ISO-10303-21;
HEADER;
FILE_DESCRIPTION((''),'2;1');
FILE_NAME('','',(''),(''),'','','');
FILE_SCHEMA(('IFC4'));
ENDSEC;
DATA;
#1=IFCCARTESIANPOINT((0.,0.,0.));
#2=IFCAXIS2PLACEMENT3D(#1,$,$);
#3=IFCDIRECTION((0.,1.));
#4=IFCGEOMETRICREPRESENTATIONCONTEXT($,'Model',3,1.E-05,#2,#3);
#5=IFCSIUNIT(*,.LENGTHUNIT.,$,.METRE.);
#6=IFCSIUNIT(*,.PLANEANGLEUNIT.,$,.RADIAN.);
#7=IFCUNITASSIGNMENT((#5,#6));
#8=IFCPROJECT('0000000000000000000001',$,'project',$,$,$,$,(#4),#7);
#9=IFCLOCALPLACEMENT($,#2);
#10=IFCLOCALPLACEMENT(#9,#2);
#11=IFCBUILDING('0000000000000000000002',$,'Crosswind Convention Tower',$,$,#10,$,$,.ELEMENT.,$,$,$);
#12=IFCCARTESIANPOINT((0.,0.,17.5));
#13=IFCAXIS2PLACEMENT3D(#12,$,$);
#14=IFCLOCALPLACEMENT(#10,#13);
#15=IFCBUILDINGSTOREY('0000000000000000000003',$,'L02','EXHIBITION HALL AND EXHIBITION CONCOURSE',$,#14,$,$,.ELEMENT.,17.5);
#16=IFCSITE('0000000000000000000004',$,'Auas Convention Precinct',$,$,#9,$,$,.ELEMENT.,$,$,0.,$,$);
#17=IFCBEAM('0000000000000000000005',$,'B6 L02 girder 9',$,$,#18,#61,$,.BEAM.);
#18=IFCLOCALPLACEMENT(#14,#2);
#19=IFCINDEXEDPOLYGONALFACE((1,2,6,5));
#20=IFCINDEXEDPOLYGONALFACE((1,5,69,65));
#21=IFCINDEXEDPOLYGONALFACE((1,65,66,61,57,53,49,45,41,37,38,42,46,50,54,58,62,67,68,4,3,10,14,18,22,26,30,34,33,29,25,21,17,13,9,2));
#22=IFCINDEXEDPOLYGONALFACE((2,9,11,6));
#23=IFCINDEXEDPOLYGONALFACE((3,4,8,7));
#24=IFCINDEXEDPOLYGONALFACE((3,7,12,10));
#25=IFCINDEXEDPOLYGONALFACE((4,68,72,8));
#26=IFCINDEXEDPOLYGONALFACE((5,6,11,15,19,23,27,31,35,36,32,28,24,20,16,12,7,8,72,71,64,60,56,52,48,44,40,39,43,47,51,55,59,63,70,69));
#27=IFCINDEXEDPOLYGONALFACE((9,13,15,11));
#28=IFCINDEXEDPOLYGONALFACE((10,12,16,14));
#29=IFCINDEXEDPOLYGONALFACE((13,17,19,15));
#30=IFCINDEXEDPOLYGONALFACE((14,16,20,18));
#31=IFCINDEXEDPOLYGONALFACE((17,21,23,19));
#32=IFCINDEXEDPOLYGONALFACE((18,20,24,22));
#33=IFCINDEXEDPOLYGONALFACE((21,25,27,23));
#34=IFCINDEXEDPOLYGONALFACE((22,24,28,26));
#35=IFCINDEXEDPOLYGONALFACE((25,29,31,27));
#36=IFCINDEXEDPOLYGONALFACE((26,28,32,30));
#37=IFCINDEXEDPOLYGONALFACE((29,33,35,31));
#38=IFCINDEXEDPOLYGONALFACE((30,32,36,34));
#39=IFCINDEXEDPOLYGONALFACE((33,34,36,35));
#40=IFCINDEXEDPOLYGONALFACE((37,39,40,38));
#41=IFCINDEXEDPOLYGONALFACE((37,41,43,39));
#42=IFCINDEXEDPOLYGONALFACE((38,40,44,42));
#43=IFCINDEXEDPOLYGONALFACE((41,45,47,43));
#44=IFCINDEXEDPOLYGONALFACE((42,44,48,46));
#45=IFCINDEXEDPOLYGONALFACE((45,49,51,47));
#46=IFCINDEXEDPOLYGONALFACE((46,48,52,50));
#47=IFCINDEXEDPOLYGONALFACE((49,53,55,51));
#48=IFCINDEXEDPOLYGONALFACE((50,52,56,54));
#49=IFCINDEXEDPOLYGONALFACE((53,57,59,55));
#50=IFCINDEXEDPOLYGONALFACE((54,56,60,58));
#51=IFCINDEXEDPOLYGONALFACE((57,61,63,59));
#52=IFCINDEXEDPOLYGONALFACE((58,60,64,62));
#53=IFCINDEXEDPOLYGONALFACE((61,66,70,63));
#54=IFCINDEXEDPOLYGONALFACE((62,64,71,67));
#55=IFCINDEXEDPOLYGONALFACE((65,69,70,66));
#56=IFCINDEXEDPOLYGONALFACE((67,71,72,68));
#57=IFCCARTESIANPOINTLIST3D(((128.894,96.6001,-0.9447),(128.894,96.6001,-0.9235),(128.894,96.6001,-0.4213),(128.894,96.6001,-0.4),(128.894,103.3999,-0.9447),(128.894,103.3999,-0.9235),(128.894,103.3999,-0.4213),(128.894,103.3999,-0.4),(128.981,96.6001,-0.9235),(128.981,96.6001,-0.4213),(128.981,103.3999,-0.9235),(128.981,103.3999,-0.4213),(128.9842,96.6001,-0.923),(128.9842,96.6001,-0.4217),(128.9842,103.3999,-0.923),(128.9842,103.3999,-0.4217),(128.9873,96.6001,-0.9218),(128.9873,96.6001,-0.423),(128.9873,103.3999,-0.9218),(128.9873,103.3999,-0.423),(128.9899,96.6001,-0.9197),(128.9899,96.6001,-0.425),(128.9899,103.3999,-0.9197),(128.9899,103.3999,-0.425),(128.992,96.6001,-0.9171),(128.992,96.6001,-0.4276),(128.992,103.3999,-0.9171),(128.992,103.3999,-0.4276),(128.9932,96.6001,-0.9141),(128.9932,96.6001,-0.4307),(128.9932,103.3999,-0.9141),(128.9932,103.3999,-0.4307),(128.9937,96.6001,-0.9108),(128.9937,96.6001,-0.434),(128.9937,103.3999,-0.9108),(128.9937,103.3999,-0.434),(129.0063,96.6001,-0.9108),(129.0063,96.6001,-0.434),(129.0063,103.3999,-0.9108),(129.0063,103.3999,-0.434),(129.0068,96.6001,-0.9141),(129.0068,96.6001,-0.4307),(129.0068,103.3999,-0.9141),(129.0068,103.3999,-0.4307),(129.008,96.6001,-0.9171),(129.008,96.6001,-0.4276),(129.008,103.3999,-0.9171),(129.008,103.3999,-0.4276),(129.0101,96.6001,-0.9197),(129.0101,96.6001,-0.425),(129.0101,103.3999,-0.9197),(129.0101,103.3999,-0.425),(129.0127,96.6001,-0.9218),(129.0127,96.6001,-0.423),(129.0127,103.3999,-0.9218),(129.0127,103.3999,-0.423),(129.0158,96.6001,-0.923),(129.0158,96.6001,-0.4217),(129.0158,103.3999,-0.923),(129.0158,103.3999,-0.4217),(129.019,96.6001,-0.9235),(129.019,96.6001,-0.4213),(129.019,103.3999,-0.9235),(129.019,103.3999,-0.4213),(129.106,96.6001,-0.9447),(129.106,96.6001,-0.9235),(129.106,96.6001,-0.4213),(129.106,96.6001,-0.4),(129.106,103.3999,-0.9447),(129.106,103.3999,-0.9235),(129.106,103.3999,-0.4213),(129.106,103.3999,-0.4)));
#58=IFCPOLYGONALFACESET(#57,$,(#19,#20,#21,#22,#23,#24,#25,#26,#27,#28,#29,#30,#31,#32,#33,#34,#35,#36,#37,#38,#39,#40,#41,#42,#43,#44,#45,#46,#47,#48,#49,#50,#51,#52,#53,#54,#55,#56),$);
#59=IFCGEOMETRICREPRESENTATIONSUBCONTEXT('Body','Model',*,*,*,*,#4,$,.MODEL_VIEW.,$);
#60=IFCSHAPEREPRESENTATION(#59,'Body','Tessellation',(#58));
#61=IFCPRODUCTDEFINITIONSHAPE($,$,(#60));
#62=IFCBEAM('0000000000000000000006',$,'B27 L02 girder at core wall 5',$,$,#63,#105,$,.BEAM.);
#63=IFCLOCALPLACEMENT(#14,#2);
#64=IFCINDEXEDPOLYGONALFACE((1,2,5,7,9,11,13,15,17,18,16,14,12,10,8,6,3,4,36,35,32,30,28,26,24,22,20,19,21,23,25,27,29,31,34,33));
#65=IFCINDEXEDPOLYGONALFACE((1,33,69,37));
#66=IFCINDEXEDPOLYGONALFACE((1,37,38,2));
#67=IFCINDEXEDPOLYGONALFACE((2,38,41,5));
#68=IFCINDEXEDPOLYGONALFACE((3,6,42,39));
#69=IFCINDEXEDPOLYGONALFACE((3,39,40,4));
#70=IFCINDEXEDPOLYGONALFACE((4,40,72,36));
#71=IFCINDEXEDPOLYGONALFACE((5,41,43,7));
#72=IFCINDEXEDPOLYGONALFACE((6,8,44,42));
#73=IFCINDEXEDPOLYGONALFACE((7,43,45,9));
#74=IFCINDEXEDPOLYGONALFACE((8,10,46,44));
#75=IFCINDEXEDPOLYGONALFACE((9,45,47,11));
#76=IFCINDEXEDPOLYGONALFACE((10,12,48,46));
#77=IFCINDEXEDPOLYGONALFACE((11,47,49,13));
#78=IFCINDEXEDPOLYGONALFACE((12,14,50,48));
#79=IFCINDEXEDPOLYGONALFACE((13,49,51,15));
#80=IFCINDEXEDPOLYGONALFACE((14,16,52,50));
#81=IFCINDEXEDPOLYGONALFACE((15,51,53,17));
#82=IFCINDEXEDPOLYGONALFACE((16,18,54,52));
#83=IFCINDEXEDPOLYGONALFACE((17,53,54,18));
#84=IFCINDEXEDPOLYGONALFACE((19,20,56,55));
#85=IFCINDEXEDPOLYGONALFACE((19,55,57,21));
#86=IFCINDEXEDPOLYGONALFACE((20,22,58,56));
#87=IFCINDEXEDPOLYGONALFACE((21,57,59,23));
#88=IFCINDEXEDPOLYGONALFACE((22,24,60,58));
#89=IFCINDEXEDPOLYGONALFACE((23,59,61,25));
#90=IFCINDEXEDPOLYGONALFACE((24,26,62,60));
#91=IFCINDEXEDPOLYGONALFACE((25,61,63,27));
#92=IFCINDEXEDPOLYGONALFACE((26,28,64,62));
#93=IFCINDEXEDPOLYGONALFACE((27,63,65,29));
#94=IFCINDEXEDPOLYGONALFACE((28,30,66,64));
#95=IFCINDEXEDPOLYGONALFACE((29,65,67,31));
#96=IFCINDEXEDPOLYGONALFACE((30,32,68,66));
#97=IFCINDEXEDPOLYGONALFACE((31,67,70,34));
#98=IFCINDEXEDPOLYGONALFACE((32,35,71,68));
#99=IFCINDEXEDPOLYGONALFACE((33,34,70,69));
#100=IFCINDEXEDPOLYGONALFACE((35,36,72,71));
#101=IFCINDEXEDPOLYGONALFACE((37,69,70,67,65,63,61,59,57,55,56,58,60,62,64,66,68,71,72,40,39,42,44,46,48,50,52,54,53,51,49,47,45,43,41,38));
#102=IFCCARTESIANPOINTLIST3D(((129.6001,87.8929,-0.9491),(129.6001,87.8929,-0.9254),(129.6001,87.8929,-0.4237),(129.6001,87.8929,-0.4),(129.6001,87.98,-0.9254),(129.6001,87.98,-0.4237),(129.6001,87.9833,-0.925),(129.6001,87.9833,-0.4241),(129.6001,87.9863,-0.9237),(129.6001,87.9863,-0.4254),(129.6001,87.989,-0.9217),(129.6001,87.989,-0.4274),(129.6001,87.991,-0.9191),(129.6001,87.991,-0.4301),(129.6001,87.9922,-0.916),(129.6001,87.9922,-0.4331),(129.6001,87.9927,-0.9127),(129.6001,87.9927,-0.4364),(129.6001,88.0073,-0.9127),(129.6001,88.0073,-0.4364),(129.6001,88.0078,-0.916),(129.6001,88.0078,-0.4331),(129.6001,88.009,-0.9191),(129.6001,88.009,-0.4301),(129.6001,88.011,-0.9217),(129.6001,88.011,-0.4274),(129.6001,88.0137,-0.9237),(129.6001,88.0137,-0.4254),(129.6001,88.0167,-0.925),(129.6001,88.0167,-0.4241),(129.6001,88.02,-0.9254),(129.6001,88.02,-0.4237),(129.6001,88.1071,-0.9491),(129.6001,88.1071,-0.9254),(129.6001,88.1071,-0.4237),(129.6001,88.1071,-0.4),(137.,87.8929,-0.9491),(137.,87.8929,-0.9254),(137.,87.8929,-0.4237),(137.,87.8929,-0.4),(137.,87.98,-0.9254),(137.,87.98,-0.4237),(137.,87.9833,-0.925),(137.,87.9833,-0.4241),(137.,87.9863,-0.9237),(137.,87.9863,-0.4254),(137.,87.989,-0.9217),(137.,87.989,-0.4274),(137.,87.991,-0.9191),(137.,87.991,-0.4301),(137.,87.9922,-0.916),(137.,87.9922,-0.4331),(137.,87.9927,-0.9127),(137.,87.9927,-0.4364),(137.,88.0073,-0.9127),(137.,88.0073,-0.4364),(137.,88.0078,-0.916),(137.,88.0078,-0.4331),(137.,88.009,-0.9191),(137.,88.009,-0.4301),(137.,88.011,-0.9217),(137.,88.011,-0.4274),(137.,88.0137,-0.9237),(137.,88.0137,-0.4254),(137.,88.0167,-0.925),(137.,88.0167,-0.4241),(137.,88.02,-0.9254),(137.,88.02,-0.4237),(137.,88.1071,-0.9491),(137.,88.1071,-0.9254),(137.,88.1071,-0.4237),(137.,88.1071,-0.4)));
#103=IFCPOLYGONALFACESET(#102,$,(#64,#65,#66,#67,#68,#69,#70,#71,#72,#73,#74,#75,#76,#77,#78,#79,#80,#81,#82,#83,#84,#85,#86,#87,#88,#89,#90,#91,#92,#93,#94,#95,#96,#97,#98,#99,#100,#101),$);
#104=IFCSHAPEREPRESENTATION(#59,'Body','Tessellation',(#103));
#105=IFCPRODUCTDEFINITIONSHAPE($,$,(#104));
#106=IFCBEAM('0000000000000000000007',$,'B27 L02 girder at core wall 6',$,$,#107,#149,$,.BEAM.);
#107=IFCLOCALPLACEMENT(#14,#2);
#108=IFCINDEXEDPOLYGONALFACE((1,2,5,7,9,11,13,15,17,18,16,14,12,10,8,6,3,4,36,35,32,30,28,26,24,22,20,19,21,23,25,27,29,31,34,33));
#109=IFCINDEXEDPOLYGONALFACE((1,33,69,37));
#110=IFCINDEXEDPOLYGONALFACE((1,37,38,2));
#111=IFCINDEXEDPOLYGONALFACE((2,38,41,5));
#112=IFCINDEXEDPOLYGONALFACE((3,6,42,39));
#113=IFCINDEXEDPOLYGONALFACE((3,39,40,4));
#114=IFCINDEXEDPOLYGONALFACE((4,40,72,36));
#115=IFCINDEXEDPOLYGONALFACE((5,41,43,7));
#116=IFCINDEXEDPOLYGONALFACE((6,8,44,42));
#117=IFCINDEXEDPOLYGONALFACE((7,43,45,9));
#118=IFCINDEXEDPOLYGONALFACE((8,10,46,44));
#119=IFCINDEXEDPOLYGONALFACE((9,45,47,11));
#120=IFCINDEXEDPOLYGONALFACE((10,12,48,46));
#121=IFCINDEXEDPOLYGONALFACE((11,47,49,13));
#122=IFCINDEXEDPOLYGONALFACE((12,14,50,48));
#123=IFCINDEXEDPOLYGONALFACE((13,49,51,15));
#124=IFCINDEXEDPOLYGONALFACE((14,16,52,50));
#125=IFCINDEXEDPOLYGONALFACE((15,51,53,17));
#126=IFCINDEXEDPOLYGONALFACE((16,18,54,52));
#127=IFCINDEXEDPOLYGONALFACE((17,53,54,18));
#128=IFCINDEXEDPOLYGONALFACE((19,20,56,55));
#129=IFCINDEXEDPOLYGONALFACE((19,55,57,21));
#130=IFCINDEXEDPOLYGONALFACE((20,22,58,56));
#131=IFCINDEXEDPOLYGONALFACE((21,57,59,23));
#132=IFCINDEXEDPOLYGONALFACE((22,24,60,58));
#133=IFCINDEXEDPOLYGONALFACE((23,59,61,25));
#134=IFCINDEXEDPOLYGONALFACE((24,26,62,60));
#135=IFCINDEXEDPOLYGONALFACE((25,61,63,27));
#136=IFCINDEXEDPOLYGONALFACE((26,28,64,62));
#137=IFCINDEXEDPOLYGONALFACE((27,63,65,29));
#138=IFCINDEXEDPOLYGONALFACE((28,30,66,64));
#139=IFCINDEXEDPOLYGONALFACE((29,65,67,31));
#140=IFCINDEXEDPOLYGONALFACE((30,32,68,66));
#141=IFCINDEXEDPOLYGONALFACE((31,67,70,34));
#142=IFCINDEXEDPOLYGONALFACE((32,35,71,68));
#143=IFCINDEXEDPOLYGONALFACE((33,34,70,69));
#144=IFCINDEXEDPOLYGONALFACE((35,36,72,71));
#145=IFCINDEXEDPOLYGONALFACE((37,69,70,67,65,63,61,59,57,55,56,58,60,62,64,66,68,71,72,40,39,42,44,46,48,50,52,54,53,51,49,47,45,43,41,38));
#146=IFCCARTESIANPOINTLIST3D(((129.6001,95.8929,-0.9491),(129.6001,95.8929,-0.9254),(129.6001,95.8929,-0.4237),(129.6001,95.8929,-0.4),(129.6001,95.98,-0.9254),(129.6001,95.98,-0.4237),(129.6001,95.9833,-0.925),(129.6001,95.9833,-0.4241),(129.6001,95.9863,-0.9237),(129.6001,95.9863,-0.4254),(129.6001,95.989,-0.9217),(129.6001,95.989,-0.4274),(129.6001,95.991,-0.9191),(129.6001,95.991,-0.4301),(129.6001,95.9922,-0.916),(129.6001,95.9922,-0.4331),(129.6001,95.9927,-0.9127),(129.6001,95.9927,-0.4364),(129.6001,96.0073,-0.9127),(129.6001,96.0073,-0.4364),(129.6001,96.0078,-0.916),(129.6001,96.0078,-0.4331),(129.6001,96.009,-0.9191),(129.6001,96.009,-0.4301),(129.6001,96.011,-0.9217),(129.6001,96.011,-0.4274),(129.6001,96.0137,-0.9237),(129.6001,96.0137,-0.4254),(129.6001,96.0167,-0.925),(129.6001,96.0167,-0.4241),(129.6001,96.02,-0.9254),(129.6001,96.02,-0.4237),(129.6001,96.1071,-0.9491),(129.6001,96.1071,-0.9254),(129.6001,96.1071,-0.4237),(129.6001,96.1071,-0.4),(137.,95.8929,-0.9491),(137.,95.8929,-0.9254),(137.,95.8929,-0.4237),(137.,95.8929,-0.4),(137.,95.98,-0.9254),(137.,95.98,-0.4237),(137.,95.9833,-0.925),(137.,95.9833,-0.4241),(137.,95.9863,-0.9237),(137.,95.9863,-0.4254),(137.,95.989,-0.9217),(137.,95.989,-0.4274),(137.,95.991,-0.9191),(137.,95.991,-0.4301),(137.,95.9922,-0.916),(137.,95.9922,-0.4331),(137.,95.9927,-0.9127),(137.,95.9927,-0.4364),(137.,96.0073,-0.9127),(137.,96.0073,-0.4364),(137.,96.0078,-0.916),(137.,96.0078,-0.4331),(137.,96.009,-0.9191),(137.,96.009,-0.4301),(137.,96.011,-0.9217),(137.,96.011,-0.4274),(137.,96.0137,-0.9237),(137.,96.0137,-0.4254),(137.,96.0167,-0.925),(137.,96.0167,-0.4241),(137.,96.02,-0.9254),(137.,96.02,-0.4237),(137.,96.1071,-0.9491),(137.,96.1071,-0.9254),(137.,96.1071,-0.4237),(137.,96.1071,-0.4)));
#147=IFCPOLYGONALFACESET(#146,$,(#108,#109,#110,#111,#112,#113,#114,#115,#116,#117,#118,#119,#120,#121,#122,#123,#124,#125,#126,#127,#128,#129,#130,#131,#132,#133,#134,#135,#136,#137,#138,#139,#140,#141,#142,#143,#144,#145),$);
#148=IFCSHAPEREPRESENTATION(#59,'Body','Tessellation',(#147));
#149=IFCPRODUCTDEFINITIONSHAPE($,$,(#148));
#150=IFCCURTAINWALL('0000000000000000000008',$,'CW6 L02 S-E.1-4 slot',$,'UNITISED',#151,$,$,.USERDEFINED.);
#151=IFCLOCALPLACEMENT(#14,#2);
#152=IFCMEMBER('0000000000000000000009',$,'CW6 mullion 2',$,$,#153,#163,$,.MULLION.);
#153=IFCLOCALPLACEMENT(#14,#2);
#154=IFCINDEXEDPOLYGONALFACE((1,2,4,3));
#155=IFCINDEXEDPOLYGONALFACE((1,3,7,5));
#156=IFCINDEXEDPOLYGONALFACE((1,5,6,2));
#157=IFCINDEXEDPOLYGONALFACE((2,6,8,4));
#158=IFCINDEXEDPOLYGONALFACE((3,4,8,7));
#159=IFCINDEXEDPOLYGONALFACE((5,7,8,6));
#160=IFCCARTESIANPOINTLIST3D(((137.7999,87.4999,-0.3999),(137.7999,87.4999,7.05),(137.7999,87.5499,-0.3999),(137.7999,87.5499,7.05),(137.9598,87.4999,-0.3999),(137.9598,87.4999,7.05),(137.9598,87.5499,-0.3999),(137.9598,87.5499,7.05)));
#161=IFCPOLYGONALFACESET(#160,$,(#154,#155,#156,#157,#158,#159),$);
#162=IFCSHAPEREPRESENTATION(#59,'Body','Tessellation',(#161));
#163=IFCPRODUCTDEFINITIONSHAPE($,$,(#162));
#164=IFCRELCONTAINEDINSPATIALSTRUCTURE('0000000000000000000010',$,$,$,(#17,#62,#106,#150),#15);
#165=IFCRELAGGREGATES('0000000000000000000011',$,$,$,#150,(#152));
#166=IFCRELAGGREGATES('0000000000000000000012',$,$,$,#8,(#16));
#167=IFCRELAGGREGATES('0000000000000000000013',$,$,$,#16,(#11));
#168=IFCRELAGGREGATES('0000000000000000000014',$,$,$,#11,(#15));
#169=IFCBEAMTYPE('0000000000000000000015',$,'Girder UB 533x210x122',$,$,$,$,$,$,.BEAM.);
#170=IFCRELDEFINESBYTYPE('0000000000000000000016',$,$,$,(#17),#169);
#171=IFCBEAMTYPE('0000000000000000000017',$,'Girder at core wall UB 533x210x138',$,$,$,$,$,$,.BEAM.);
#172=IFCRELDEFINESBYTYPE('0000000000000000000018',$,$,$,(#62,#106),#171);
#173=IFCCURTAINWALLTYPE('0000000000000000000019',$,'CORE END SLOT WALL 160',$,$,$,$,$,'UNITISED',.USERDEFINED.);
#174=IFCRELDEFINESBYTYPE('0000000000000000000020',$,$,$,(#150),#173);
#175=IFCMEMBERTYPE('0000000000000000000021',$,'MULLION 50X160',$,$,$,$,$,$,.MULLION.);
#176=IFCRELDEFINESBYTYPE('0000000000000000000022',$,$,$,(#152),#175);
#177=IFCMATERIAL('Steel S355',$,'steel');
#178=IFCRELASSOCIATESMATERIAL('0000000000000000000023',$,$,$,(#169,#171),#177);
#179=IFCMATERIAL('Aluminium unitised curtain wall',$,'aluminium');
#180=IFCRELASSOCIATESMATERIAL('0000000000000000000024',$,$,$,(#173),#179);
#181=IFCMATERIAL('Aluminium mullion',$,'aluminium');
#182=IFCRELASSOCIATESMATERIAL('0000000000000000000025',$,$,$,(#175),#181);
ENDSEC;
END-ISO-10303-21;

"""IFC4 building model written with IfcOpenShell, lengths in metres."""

from ifc_helpers import new_model, si_unit, direction, frame, origin, origin_2d, place, context, subcontext, project, spatial, rectangle, i_section, extrude, material, material_profile, profile_set, type_object, element, aggregate, save


model = new_model("IFC4")

# Units and contexts
model_context = context("Model", 3, precision=1e-05, world=origin(), true_north=direction((0.0, 1.0)))
body_context = subcontext(model_context, "Body", "Model", "MODEL_VIEW")
ifc_project = project(units=[si_unit("LENGTHUNIT", "METRE"), si_unit("PLANEANGLEUNIT", "RADIAN")], contexts=[model_context])

# Site, building, storey
site_placement = place(None, origin())
site = spatial("IfcSite", under=ifc_project, at=site_placement, Name="Auas Convention Precinct", CompositionType="ELEMENT", RefElevation=0.0)
building_placement = place(site_placement, origin())
building = spatial("IfcBuilding", under=site, at=building_placement, Name="Crosswind Convention Tower", CompositionType="ELEMENT")
storey_placement = place(building_placement, frame((0.0, 0.0, 17.5)))
storey = spatial("IfcBuildingStorey", under=building, at=storey_placement, Name="L02", Description="EXHIBITION HALL AND EXHIBITION CONCOURSE", CompositionType="ELEMENT", Elevation=17.5)

# Beams
ifc_material_1 = material(Name="Steel S355", Category="steel")
ifc_material_profile_1 = material_profile(ifc_material_1, i_section(OverallWidth=0.2119, OverallDepth=0.5447, WebThickness=0.0127, FlangeThickness=0.0212, FilletRadius=0.0127, at=origin_2d()), Name="UB 533x210x122")
ifc_profile_set_1 = profile_set([ifc_material_profile_1], Name="Steel S355")
beam_type_1 = type_object("IfcBeamType", Name="Girder UB 533x210x122", PredefinedType="BEAM", material=ifc_profile_set_1)
for number, where, z_axis, x_axis, name in (
    (1, (129.0, 96.6001, -0.6724), (0.0, 1.0, 0.0), (-1.0, 0.0, 0.0), "B6 L02 girder 9"),
):
    element("IfcBeam", number, at=place(storey_placement, frame(where, z_axis=z_axis, x_axis=x_axis)), inside=storey, type_object=beam_type_1, Name=name, PredefinedType="BEAM", context=body_context, shape_type="SweptSolid", body=[
        extrude(i_section(OverallWidth=0.2119, OverallDepth=0.5447, WebThickness=0.0127, FlangeThickness=0.0212, FilletRadius=0.0127, at=origin_2d()), origin(), (0.0, 0.0, 1.0), 6.7998),
    ])
ifc_material_profile_2 = material_profile(ifc_material_1, i_section(OverallWidth=0.2141, OverallDepth=0.5491, WebThickness=0.0146, FlangeThickness=0.0237, FilletRadius=0.0127, at=origin_2d()), Name="UB 533x210x138")
ifc_profile_set_2 = profile_set([ifc_material_profile_2], Name="Steel S355")
beam_type_2 = type_object("IfcBeamType", Name="Girder at core wall UB 533x210x138", PredefinedType="BEAM", material=ifc_profile_set_2)
for number, where, z_axis, x_axis, name in (
    (2, (129.6001, 88.0, -0.6746), (1.0, 0.0, 0.0), (0.0, 1.0, 0.0), "B27 L02 girder at core wall 5"),
    (3, (129.6001, 96.0, -0.6746), (1.0, 0.0, 0.0), (0.0, 1.0, 0.0), "B27 L02 girder at core wall 6"),
):
    element("IfcBeam", number, at=place(storey_placement, frame(where, z_axis=z_axis, x_axis=x_axis)), inside=storey, type_object=beam_type_2, Name=name, PredefinedType="BEAM", context=body_context, shape_type="SweptSolid", body=[
        extrude(i_section(OverallWidth=0.2141, OverallDepth=0.5491, WebThickness=0.0146, FlangeThickness=0.0237, FilletRadius=0.0127, at=origin_2d()), origin(), (0.0, 0.0, 1.0), 7.3999),
    ])

# Curtain wall, member
ifc_material_2 = material(Name="Aluminium unitised curtain wall", Category="aluminium")
curtain_wall_type = type_object("IfcCurtainWallType", Name="CORE END SLOT WALL 160", ElementType="UNITISED", PredefinedType="USERDEFINED", material=ifc_material_2)
curtain_wall_placement = place(storey_placement, origin())
curtain_wall = element("IfcCurtainWall", 4, at=curtain_wall_placement, inside=storey, type_object=curtain_wall_type, Name="CW6 L02 S-E.1-4 slot", ObjectType="UNITISED", PredefinedType="USERDEFINED")
ifc_material_3 = material(Name="Aluminium mullion", Category="aluminium")
ifc_material_profile_3 = material_profile(ifc_material_3, rectangle(XDim=0.1599, YDim=0.05, at=origin_2d()), Name="AL 160X50")
ifc_profile_set_3 = profile_set([ifc_material_profile_3], Name="Aluminium mullion")
member_type = type_object("IfcMemberType", Name="MULLION 50X160", PredefinedType="MULLION", material=ifc_profile_set_3)
member_placement = place(storey_placement, frame((137.8799, 87.5249, -0.3999), z_axis=(0.0, 0.0, 1.0), x_axis=(1.0, 0.0, 0.0)))
member = element("IfcMember", 5, at=member_placement, type_object=member_type, Name="CW6 mullion 2", PredefinedType="MULLION", context=body_context, shape_type="SweptSolid", body=[
    extrude(rectangle(XDim=0.1599, YDim=0.05, at=origin_2d()), origin(), (0.0, 0.0, 1.0), 7.45),
])
aggregate(curtain_wall, [member])

save(model, "model.ifc")
